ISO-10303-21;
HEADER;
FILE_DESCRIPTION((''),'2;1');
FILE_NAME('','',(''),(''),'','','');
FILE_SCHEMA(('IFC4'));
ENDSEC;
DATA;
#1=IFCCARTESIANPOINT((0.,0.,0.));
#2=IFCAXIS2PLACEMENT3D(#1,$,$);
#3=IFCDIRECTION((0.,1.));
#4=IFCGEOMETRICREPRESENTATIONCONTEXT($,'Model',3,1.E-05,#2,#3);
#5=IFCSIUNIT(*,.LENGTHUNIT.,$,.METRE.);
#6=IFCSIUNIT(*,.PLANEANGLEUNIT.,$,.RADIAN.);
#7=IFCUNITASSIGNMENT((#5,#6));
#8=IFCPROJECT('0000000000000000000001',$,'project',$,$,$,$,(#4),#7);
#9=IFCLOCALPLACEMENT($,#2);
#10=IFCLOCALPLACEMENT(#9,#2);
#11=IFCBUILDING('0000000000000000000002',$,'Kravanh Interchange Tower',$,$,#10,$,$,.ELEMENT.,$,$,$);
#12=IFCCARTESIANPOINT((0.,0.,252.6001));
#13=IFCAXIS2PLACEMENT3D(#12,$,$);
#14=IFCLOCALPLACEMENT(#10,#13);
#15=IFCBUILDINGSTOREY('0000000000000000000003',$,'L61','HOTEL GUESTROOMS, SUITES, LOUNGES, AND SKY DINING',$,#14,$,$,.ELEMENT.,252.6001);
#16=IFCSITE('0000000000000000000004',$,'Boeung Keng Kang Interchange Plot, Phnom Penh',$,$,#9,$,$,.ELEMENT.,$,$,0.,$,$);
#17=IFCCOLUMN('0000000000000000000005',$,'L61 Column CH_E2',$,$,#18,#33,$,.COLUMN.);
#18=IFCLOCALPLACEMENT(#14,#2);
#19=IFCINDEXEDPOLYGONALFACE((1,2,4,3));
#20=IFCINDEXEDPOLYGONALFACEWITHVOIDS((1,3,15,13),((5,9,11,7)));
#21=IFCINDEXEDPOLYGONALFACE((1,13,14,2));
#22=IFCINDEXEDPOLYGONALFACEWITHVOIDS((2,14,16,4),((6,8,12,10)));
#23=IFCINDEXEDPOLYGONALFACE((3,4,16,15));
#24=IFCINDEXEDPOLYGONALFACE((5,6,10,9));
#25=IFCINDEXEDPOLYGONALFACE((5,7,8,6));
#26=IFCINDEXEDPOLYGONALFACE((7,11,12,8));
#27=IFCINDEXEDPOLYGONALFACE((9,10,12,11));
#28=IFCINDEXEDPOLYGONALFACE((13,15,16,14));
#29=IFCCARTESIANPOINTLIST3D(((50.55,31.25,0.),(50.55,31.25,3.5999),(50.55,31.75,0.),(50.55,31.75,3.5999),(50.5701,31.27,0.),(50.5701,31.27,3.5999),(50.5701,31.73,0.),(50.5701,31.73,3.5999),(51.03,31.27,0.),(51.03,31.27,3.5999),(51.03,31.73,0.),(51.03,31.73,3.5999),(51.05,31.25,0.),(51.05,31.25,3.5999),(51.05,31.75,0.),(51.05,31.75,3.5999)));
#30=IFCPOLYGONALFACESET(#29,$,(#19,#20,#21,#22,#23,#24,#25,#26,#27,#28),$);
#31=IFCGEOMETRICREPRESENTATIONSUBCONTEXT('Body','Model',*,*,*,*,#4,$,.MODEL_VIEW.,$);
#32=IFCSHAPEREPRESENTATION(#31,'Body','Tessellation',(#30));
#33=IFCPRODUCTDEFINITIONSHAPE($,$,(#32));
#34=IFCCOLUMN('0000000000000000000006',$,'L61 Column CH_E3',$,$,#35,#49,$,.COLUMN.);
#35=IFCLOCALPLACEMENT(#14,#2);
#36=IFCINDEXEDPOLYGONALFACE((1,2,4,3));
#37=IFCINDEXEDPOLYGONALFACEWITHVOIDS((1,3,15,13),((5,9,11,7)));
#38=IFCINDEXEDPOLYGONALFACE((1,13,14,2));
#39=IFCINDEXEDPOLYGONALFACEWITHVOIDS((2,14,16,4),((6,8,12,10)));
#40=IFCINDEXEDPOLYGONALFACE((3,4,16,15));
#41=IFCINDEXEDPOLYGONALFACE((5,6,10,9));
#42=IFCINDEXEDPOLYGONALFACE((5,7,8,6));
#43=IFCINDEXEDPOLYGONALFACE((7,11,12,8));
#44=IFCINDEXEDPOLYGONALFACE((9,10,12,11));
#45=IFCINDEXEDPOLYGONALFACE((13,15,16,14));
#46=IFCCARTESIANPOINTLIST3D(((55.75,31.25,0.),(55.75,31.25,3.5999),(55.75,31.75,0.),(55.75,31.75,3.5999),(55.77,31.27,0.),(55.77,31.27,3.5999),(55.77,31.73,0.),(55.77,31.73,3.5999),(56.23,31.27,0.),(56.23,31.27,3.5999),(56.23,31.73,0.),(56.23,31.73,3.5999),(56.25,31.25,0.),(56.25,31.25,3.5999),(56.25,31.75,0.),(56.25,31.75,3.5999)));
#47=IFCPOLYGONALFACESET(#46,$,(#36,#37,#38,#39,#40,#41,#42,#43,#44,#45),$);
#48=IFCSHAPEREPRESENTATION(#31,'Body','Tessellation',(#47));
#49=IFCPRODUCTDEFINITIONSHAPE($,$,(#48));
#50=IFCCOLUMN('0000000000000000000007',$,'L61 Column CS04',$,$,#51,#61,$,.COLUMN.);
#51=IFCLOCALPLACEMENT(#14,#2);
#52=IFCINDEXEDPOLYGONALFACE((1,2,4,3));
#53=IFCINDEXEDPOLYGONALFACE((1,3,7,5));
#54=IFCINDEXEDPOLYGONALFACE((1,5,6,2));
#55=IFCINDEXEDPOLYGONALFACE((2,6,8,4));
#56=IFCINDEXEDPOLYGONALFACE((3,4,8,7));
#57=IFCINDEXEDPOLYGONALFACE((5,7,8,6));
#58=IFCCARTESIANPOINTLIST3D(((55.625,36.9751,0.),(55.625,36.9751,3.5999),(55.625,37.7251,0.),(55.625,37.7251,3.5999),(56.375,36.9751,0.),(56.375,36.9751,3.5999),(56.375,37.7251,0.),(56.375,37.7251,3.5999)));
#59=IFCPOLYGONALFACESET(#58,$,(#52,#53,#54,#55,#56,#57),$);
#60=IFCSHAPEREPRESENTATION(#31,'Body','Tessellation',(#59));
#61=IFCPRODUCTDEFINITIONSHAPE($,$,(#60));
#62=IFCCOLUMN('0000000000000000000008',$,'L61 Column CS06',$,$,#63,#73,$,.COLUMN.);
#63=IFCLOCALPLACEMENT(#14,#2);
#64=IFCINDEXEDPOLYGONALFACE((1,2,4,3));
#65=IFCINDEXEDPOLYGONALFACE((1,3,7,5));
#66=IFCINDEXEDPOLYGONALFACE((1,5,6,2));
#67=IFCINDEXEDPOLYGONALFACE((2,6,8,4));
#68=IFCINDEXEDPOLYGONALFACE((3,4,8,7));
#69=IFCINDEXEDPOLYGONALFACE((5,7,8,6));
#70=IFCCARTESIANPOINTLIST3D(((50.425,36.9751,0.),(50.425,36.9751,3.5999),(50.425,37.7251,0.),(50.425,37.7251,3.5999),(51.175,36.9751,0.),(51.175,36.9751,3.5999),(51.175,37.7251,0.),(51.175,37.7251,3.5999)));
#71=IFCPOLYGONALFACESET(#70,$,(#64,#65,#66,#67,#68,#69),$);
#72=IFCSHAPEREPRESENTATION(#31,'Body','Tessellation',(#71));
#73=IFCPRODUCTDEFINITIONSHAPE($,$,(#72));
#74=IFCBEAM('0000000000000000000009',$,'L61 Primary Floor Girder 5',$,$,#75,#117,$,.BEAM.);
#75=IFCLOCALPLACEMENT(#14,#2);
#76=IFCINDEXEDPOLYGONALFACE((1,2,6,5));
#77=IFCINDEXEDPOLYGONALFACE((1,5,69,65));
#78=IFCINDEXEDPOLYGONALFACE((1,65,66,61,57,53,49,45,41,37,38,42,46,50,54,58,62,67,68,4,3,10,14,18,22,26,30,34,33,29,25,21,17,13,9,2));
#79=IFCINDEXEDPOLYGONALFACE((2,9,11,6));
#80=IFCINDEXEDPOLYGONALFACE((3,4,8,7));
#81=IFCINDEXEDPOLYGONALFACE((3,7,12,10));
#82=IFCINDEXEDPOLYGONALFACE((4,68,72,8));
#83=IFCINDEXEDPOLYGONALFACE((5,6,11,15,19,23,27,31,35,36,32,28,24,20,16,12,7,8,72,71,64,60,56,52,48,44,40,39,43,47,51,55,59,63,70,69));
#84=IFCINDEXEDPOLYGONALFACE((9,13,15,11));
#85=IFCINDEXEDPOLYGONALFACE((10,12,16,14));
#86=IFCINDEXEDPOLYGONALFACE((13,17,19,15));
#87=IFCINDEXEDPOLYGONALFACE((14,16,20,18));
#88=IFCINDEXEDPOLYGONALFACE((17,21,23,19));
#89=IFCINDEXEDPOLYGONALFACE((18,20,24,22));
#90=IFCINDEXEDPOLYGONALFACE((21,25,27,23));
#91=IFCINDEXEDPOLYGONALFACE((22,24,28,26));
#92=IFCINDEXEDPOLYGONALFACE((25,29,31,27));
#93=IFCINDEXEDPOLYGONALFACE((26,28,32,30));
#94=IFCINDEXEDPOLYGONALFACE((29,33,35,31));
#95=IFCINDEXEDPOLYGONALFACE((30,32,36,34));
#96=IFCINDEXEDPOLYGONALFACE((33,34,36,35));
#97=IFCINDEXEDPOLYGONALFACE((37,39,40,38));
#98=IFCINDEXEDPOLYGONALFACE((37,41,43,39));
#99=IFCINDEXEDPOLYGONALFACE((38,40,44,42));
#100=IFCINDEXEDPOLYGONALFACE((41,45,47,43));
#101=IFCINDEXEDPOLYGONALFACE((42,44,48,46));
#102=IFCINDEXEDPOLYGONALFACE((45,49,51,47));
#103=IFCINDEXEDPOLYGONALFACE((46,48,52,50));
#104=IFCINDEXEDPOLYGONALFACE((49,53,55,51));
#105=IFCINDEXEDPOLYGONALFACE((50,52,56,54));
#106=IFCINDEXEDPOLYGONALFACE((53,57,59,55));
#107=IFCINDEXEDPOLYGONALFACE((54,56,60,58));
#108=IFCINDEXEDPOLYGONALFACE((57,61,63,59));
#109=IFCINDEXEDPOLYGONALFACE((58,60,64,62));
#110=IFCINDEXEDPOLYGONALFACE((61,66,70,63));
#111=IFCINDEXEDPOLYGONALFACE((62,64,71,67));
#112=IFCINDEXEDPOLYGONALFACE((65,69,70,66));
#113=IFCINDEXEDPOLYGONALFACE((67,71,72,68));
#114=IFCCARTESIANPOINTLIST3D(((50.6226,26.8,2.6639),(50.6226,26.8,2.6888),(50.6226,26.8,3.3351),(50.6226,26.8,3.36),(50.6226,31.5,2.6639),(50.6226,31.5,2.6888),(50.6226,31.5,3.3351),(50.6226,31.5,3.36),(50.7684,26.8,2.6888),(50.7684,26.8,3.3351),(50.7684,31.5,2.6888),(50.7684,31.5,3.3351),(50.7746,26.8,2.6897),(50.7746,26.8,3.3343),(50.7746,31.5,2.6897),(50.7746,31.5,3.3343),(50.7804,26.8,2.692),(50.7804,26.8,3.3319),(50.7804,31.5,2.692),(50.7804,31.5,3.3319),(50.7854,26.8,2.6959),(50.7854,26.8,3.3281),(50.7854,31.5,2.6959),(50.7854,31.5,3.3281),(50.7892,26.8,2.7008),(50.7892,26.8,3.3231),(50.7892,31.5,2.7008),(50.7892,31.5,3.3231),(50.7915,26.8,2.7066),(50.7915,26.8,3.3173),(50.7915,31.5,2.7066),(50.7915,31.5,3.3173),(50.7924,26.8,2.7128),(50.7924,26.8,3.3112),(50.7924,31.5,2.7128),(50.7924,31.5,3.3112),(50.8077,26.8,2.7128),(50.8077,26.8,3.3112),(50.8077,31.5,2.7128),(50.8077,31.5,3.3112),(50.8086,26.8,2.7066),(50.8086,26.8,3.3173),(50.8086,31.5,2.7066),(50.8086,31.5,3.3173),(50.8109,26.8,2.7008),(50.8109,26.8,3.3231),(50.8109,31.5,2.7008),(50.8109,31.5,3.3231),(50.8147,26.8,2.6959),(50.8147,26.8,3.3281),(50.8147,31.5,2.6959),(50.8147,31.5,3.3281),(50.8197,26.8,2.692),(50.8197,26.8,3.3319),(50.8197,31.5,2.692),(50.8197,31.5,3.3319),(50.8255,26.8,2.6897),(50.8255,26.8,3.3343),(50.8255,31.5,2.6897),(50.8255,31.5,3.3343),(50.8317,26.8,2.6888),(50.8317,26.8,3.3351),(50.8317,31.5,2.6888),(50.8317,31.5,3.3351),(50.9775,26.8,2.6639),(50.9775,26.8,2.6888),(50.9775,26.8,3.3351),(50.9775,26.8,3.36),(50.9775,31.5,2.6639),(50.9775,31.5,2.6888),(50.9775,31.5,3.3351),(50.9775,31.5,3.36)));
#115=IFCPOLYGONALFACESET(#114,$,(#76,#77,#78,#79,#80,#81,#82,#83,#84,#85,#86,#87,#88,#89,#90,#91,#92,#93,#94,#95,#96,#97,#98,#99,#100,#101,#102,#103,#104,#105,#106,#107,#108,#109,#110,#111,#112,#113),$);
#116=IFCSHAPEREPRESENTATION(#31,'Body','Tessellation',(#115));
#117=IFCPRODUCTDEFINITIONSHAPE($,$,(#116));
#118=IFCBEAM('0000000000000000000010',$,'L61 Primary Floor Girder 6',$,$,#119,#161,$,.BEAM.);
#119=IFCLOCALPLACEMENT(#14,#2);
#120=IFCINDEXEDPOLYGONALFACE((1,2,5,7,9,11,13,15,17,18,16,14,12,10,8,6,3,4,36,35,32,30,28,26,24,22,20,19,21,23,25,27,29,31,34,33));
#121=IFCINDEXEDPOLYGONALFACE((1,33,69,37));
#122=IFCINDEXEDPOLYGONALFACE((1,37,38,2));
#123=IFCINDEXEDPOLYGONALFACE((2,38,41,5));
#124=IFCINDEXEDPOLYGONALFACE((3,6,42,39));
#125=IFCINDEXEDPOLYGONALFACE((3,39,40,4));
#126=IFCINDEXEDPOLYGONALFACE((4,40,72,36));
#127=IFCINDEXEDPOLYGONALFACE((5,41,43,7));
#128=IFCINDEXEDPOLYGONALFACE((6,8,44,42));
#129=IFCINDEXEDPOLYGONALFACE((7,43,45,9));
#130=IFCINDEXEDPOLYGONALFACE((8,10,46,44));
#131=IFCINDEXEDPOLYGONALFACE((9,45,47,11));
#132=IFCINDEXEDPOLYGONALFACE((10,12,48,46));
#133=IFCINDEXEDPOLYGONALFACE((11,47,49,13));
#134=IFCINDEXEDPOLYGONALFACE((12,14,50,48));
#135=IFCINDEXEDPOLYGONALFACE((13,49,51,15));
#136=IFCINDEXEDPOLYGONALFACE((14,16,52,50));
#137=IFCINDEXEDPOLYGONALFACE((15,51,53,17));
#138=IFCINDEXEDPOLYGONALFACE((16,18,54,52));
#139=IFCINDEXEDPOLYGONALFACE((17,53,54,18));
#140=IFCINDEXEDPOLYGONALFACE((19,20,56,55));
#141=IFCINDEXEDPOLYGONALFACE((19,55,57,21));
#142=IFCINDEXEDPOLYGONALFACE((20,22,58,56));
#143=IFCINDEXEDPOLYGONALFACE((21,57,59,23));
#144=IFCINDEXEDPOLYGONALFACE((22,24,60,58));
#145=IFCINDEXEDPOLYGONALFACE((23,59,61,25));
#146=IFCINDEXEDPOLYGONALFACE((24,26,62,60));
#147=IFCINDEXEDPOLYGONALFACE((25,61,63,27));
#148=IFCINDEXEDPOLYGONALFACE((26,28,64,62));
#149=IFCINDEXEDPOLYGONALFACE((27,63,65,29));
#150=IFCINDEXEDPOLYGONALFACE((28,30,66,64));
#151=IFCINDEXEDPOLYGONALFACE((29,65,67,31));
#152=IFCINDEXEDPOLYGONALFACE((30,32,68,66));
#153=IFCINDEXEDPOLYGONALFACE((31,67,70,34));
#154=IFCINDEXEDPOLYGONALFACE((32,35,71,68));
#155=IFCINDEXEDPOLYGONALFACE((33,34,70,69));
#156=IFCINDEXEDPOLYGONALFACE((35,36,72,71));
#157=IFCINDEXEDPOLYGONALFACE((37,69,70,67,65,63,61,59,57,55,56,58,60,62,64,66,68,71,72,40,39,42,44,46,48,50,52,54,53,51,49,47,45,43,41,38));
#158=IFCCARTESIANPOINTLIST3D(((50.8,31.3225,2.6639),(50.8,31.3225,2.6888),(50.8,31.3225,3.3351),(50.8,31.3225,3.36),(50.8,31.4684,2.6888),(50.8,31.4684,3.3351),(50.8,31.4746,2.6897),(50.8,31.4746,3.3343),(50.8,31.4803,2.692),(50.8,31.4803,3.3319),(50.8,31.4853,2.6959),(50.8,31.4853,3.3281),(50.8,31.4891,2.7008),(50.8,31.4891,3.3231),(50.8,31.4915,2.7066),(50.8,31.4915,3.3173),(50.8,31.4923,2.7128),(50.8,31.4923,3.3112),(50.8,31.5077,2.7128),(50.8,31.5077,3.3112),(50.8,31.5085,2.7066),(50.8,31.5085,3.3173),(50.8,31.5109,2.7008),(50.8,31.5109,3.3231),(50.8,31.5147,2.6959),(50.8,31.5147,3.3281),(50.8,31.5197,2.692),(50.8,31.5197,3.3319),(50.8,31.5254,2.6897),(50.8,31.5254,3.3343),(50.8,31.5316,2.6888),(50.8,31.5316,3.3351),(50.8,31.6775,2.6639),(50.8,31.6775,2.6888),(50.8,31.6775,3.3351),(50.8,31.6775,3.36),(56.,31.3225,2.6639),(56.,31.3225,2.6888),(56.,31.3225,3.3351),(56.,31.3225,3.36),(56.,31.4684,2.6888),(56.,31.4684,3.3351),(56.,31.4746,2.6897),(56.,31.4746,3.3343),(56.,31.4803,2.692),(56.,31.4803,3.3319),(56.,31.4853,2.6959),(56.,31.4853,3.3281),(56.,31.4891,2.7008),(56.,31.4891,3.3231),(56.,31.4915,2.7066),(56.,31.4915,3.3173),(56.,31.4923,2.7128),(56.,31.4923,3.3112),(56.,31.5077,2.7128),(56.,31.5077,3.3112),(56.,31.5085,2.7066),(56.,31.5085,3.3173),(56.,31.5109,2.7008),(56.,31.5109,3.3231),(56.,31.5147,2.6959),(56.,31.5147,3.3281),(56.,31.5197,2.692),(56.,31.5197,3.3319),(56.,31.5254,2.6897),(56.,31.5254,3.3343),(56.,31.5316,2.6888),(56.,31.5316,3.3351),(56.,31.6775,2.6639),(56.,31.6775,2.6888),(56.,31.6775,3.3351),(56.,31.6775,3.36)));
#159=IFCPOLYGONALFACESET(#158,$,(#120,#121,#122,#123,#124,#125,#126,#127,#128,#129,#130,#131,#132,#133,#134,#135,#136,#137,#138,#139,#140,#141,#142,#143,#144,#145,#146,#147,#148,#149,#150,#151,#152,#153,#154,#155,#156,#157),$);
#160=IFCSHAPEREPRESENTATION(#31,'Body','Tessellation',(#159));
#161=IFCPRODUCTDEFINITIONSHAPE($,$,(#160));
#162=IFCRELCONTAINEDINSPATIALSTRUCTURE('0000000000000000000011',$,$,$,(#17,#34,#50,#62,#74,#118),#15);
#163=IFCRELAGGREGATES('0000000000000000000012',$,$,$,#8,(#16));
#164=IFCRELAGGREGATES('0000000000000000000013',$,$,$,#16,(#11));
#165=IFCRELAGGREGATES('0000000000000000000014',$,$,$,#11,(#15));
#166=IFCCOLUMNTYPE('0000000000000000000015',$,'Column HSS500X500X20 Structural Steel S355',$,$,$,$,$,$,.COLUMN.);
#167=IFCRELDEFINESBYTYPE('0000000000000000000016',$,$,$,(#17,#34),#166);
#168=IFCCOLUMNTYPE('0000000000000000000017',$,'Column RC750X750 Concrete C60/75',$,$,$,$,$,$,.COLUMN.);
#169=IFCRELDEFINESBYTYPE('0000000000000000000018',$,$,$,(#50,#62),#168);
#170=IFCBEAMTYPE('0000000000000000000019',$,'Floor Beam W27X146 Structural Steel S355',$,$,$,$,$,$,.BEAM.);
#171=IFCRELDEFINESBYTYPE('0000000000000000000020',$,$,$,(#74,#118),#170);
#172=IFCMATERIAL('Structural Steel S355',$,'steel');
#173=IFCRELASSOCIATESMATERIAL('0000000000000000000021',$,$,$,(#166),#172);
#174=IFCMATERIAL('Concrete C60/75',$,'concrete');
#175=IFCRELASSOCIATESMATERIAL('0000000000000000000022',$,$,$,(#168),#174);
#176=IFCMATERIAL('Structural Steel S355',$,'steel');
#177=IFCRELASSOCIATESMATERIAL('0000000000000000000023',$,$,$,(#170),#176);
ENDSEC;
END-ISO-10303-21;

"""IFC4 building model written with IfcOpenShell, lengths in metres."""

from ifc_helpers import new_model, si_unit, direction, frame, origin, origin_2d, place, context, subcontext, project, spatial, rectangle, hollow_rectangle, i_section, extrude, material, material_profile, profile_set, type_object, element, save


model = new_model("IFC4")

# Units and contexts
model_context = context("Model", 3, precision=1e-05, world=origin(), true_north=direction((0.0, 1.0)))
body_context = subcontext(model_context, "Body", "Model", "MODEL_VIEW")
ifc_project = project(units=[si_unit("LENGTHUNIT", "METRE"), si_unit("PLANEANGLEUNIT", "RADIAN")], contexts=[model_context])

# Site, building, storey
site_placement = place(None, origin())
site = spatial("IfcSite", under=ifc_project, at=site_placement, Name="Boeung Keng Kang Interchange Plot, Phnom Penh", CompositionType="ELEMENT", RefElevation=0.0)
building_placement = place(site_placement, origin())
building = spatial("IfcBuilding", under=site, at=building_placement, Name="Kravanh Interchange Tower", CompositionType="ELEMENT")
storey_placement = place(building_placement, frame((0.0, 0.0, 252.6001)))
storey = spatial("IfcBuildingStorey", under=building, at=storey_placement, Name="L61", Description="HOTEL GUESTROOMS, SUITES, LOUNGES, AND SKY DINING", CompositionType="ELEMENT", Elevation=252.6001)

# Columns
ifc_material_1 = material(Name="Structural Steel S355", Category="steel")
ifc_material_profile_1 = material_profile(ifc_material_1, hollow_rectangle(XDim=0.5, YDim=0.5, WallThickness=0.02, at=origin_2d()), Name="HSS500X500X20")
ifc_profile_set_1 = profile_set([ifc_material_profile_1], Name="Structural Steel S355")
column_type_1 = type_object("IfcColumnType", Name="Column HSS500X500X20 Structural Steel S355", PredefinedType="COLUMN", material=ifc_profile_set_1)
for number, where, z_axis, x_axis, name in (
    (1, (50.8, 31.5, 0.0), (0.0, 0.0, 1.0), (1.0, 0.0, 0.0), "L61 Column CH_E2"),
    (2, (56.0, 31.5, 0.0), (0.0, 0.0, 1.0), (1.0, 0.0, 0.0), "L61 Column CH_E3"),
):
    element("IfcColumn", number, at=place(storey_placement, frame(where, z_axis=z_axis, x_axis=x_axis)), inside=storey, type_object=column_type_1, Name=name, PredefinedType="COLUMN", context=body_context, shape_type="SweptSolid", body=[
        extrude(hollow_rectangle(XDim=0.5, YDim=0.5, WallThickness=0.02, at=origin_2d()), origin(), (0.0, 0.0, 1.0), 3.5999),
    ])
ifc_material_2 = material(Name="Concrete C60/75", Category="concrete")
ifc_material_profile_2 = material_profile(ifc_material_2, rectangle(XDim=0.75, YDim=0.75, at=origin_2d()), Name="RC750X750")
ifc_profile_set_2 = profile_set([ifc_material_profile_2], Name="Concrete C60/75")
column_type_2 = type_object("IfcColumnType", Name="Column RC750X750 Concrete C60/75", PredefinedType="COLUMN", material=ifc_profile_set_2)
for number, where, z_axis, x_axis, name in (
    (3, (56.0, 37.3501, 0.0), (0.0, 0.0, 1.0), (1.0, 0.0, 0.0), "L61 Column CS04"),
    (4, (50.8, 37.3501, 0.0), (0.0, 0.0, 1.0), (1.0, 0.0, 0.0), "L61 Column CS06"),
):
    element("IfcColumn", number, at=place(storey_placement, frame(where, z_axis=z_axis, x_axis=x_axis)), inside=storey, type_object=column_type_2, Name=name, PredefinedType="COLUMN", context=body_context, shape_type="SweptSolid", body=[
        extrude(rectangle(XDim=0.75, YDim=0.75, at=origin_2d()), origin(), (0.0, 0.0, 1.0), 3.5999),
    ])

# Beams
ifc_material_3 = material(Name="Structural Steel S355", Category="steel")
ifc_material_profile_3 = material_profile(ifc_material_3, i_section(OverallWidth=0.355, OverallDepth=0.696, WebThickness=0.0154, FlangeThickness=0.0249, FilletRadius=0.0239, at=origin_2d()), Name="W27X146")
ifc_profile_set_3 = profile_set([ifc_material_profile_3], Name="Structural Steel S355")
beam_type_1 = type_object("IfcBeamType", Name="Floor Beam W27X146 Structural Steel S355", PredefinedType="BEAM", material=ifc_profile_set_3)
beam_1_placement = place(storey_placement, frame((50.8, 31.5, 3.012), z_axis=(0.0, -1.0, 0.0), x_axis=(1.0, 0.0, 0.0)))
element("IfcBeam", 5, at=beam_1_placement, inside=storey, type_object=beam_type_1, Name="L61 Primary Floor Girder 5", PredefinedType="BEAM", context=body_context, shape_type="SweptSolid", body=[
    extrude(i_section(OverallWidth=0.355, OverallDepth=0.696, WebThickness=0.0154, FlangeThickness=0.0249, FilletRadius=0.0239, at=origin_2d()), origin(), (0.0, 0.0, 1.0), 4.7),
])
beam_2_placement = place(storey_placement, frame((50.8, 31.5, 3.012), z_axis=(1.0, 0.0, 0.0), x_axis=(0.0, 1.0, 0.0)))
element("IfcBeam", 6, at=beam_2_placement, inside=storey, type_object=beam_type_1, Name="L61 Primary Floor Girder 6", PredefinedType="BEAM", context=body_context, shape_type="SweptSolid", body=[
    extrude(i_section(OverallWidth=0.355, OverallDepth=0.696, WebThickness=0.0154, FlangeThickness=0.0249, FilletRadius=0.0239, at=origin_2d()), origin(), (0.0, 0.0, 1.0), 5.2),
])

save(model, "model.ifc")
